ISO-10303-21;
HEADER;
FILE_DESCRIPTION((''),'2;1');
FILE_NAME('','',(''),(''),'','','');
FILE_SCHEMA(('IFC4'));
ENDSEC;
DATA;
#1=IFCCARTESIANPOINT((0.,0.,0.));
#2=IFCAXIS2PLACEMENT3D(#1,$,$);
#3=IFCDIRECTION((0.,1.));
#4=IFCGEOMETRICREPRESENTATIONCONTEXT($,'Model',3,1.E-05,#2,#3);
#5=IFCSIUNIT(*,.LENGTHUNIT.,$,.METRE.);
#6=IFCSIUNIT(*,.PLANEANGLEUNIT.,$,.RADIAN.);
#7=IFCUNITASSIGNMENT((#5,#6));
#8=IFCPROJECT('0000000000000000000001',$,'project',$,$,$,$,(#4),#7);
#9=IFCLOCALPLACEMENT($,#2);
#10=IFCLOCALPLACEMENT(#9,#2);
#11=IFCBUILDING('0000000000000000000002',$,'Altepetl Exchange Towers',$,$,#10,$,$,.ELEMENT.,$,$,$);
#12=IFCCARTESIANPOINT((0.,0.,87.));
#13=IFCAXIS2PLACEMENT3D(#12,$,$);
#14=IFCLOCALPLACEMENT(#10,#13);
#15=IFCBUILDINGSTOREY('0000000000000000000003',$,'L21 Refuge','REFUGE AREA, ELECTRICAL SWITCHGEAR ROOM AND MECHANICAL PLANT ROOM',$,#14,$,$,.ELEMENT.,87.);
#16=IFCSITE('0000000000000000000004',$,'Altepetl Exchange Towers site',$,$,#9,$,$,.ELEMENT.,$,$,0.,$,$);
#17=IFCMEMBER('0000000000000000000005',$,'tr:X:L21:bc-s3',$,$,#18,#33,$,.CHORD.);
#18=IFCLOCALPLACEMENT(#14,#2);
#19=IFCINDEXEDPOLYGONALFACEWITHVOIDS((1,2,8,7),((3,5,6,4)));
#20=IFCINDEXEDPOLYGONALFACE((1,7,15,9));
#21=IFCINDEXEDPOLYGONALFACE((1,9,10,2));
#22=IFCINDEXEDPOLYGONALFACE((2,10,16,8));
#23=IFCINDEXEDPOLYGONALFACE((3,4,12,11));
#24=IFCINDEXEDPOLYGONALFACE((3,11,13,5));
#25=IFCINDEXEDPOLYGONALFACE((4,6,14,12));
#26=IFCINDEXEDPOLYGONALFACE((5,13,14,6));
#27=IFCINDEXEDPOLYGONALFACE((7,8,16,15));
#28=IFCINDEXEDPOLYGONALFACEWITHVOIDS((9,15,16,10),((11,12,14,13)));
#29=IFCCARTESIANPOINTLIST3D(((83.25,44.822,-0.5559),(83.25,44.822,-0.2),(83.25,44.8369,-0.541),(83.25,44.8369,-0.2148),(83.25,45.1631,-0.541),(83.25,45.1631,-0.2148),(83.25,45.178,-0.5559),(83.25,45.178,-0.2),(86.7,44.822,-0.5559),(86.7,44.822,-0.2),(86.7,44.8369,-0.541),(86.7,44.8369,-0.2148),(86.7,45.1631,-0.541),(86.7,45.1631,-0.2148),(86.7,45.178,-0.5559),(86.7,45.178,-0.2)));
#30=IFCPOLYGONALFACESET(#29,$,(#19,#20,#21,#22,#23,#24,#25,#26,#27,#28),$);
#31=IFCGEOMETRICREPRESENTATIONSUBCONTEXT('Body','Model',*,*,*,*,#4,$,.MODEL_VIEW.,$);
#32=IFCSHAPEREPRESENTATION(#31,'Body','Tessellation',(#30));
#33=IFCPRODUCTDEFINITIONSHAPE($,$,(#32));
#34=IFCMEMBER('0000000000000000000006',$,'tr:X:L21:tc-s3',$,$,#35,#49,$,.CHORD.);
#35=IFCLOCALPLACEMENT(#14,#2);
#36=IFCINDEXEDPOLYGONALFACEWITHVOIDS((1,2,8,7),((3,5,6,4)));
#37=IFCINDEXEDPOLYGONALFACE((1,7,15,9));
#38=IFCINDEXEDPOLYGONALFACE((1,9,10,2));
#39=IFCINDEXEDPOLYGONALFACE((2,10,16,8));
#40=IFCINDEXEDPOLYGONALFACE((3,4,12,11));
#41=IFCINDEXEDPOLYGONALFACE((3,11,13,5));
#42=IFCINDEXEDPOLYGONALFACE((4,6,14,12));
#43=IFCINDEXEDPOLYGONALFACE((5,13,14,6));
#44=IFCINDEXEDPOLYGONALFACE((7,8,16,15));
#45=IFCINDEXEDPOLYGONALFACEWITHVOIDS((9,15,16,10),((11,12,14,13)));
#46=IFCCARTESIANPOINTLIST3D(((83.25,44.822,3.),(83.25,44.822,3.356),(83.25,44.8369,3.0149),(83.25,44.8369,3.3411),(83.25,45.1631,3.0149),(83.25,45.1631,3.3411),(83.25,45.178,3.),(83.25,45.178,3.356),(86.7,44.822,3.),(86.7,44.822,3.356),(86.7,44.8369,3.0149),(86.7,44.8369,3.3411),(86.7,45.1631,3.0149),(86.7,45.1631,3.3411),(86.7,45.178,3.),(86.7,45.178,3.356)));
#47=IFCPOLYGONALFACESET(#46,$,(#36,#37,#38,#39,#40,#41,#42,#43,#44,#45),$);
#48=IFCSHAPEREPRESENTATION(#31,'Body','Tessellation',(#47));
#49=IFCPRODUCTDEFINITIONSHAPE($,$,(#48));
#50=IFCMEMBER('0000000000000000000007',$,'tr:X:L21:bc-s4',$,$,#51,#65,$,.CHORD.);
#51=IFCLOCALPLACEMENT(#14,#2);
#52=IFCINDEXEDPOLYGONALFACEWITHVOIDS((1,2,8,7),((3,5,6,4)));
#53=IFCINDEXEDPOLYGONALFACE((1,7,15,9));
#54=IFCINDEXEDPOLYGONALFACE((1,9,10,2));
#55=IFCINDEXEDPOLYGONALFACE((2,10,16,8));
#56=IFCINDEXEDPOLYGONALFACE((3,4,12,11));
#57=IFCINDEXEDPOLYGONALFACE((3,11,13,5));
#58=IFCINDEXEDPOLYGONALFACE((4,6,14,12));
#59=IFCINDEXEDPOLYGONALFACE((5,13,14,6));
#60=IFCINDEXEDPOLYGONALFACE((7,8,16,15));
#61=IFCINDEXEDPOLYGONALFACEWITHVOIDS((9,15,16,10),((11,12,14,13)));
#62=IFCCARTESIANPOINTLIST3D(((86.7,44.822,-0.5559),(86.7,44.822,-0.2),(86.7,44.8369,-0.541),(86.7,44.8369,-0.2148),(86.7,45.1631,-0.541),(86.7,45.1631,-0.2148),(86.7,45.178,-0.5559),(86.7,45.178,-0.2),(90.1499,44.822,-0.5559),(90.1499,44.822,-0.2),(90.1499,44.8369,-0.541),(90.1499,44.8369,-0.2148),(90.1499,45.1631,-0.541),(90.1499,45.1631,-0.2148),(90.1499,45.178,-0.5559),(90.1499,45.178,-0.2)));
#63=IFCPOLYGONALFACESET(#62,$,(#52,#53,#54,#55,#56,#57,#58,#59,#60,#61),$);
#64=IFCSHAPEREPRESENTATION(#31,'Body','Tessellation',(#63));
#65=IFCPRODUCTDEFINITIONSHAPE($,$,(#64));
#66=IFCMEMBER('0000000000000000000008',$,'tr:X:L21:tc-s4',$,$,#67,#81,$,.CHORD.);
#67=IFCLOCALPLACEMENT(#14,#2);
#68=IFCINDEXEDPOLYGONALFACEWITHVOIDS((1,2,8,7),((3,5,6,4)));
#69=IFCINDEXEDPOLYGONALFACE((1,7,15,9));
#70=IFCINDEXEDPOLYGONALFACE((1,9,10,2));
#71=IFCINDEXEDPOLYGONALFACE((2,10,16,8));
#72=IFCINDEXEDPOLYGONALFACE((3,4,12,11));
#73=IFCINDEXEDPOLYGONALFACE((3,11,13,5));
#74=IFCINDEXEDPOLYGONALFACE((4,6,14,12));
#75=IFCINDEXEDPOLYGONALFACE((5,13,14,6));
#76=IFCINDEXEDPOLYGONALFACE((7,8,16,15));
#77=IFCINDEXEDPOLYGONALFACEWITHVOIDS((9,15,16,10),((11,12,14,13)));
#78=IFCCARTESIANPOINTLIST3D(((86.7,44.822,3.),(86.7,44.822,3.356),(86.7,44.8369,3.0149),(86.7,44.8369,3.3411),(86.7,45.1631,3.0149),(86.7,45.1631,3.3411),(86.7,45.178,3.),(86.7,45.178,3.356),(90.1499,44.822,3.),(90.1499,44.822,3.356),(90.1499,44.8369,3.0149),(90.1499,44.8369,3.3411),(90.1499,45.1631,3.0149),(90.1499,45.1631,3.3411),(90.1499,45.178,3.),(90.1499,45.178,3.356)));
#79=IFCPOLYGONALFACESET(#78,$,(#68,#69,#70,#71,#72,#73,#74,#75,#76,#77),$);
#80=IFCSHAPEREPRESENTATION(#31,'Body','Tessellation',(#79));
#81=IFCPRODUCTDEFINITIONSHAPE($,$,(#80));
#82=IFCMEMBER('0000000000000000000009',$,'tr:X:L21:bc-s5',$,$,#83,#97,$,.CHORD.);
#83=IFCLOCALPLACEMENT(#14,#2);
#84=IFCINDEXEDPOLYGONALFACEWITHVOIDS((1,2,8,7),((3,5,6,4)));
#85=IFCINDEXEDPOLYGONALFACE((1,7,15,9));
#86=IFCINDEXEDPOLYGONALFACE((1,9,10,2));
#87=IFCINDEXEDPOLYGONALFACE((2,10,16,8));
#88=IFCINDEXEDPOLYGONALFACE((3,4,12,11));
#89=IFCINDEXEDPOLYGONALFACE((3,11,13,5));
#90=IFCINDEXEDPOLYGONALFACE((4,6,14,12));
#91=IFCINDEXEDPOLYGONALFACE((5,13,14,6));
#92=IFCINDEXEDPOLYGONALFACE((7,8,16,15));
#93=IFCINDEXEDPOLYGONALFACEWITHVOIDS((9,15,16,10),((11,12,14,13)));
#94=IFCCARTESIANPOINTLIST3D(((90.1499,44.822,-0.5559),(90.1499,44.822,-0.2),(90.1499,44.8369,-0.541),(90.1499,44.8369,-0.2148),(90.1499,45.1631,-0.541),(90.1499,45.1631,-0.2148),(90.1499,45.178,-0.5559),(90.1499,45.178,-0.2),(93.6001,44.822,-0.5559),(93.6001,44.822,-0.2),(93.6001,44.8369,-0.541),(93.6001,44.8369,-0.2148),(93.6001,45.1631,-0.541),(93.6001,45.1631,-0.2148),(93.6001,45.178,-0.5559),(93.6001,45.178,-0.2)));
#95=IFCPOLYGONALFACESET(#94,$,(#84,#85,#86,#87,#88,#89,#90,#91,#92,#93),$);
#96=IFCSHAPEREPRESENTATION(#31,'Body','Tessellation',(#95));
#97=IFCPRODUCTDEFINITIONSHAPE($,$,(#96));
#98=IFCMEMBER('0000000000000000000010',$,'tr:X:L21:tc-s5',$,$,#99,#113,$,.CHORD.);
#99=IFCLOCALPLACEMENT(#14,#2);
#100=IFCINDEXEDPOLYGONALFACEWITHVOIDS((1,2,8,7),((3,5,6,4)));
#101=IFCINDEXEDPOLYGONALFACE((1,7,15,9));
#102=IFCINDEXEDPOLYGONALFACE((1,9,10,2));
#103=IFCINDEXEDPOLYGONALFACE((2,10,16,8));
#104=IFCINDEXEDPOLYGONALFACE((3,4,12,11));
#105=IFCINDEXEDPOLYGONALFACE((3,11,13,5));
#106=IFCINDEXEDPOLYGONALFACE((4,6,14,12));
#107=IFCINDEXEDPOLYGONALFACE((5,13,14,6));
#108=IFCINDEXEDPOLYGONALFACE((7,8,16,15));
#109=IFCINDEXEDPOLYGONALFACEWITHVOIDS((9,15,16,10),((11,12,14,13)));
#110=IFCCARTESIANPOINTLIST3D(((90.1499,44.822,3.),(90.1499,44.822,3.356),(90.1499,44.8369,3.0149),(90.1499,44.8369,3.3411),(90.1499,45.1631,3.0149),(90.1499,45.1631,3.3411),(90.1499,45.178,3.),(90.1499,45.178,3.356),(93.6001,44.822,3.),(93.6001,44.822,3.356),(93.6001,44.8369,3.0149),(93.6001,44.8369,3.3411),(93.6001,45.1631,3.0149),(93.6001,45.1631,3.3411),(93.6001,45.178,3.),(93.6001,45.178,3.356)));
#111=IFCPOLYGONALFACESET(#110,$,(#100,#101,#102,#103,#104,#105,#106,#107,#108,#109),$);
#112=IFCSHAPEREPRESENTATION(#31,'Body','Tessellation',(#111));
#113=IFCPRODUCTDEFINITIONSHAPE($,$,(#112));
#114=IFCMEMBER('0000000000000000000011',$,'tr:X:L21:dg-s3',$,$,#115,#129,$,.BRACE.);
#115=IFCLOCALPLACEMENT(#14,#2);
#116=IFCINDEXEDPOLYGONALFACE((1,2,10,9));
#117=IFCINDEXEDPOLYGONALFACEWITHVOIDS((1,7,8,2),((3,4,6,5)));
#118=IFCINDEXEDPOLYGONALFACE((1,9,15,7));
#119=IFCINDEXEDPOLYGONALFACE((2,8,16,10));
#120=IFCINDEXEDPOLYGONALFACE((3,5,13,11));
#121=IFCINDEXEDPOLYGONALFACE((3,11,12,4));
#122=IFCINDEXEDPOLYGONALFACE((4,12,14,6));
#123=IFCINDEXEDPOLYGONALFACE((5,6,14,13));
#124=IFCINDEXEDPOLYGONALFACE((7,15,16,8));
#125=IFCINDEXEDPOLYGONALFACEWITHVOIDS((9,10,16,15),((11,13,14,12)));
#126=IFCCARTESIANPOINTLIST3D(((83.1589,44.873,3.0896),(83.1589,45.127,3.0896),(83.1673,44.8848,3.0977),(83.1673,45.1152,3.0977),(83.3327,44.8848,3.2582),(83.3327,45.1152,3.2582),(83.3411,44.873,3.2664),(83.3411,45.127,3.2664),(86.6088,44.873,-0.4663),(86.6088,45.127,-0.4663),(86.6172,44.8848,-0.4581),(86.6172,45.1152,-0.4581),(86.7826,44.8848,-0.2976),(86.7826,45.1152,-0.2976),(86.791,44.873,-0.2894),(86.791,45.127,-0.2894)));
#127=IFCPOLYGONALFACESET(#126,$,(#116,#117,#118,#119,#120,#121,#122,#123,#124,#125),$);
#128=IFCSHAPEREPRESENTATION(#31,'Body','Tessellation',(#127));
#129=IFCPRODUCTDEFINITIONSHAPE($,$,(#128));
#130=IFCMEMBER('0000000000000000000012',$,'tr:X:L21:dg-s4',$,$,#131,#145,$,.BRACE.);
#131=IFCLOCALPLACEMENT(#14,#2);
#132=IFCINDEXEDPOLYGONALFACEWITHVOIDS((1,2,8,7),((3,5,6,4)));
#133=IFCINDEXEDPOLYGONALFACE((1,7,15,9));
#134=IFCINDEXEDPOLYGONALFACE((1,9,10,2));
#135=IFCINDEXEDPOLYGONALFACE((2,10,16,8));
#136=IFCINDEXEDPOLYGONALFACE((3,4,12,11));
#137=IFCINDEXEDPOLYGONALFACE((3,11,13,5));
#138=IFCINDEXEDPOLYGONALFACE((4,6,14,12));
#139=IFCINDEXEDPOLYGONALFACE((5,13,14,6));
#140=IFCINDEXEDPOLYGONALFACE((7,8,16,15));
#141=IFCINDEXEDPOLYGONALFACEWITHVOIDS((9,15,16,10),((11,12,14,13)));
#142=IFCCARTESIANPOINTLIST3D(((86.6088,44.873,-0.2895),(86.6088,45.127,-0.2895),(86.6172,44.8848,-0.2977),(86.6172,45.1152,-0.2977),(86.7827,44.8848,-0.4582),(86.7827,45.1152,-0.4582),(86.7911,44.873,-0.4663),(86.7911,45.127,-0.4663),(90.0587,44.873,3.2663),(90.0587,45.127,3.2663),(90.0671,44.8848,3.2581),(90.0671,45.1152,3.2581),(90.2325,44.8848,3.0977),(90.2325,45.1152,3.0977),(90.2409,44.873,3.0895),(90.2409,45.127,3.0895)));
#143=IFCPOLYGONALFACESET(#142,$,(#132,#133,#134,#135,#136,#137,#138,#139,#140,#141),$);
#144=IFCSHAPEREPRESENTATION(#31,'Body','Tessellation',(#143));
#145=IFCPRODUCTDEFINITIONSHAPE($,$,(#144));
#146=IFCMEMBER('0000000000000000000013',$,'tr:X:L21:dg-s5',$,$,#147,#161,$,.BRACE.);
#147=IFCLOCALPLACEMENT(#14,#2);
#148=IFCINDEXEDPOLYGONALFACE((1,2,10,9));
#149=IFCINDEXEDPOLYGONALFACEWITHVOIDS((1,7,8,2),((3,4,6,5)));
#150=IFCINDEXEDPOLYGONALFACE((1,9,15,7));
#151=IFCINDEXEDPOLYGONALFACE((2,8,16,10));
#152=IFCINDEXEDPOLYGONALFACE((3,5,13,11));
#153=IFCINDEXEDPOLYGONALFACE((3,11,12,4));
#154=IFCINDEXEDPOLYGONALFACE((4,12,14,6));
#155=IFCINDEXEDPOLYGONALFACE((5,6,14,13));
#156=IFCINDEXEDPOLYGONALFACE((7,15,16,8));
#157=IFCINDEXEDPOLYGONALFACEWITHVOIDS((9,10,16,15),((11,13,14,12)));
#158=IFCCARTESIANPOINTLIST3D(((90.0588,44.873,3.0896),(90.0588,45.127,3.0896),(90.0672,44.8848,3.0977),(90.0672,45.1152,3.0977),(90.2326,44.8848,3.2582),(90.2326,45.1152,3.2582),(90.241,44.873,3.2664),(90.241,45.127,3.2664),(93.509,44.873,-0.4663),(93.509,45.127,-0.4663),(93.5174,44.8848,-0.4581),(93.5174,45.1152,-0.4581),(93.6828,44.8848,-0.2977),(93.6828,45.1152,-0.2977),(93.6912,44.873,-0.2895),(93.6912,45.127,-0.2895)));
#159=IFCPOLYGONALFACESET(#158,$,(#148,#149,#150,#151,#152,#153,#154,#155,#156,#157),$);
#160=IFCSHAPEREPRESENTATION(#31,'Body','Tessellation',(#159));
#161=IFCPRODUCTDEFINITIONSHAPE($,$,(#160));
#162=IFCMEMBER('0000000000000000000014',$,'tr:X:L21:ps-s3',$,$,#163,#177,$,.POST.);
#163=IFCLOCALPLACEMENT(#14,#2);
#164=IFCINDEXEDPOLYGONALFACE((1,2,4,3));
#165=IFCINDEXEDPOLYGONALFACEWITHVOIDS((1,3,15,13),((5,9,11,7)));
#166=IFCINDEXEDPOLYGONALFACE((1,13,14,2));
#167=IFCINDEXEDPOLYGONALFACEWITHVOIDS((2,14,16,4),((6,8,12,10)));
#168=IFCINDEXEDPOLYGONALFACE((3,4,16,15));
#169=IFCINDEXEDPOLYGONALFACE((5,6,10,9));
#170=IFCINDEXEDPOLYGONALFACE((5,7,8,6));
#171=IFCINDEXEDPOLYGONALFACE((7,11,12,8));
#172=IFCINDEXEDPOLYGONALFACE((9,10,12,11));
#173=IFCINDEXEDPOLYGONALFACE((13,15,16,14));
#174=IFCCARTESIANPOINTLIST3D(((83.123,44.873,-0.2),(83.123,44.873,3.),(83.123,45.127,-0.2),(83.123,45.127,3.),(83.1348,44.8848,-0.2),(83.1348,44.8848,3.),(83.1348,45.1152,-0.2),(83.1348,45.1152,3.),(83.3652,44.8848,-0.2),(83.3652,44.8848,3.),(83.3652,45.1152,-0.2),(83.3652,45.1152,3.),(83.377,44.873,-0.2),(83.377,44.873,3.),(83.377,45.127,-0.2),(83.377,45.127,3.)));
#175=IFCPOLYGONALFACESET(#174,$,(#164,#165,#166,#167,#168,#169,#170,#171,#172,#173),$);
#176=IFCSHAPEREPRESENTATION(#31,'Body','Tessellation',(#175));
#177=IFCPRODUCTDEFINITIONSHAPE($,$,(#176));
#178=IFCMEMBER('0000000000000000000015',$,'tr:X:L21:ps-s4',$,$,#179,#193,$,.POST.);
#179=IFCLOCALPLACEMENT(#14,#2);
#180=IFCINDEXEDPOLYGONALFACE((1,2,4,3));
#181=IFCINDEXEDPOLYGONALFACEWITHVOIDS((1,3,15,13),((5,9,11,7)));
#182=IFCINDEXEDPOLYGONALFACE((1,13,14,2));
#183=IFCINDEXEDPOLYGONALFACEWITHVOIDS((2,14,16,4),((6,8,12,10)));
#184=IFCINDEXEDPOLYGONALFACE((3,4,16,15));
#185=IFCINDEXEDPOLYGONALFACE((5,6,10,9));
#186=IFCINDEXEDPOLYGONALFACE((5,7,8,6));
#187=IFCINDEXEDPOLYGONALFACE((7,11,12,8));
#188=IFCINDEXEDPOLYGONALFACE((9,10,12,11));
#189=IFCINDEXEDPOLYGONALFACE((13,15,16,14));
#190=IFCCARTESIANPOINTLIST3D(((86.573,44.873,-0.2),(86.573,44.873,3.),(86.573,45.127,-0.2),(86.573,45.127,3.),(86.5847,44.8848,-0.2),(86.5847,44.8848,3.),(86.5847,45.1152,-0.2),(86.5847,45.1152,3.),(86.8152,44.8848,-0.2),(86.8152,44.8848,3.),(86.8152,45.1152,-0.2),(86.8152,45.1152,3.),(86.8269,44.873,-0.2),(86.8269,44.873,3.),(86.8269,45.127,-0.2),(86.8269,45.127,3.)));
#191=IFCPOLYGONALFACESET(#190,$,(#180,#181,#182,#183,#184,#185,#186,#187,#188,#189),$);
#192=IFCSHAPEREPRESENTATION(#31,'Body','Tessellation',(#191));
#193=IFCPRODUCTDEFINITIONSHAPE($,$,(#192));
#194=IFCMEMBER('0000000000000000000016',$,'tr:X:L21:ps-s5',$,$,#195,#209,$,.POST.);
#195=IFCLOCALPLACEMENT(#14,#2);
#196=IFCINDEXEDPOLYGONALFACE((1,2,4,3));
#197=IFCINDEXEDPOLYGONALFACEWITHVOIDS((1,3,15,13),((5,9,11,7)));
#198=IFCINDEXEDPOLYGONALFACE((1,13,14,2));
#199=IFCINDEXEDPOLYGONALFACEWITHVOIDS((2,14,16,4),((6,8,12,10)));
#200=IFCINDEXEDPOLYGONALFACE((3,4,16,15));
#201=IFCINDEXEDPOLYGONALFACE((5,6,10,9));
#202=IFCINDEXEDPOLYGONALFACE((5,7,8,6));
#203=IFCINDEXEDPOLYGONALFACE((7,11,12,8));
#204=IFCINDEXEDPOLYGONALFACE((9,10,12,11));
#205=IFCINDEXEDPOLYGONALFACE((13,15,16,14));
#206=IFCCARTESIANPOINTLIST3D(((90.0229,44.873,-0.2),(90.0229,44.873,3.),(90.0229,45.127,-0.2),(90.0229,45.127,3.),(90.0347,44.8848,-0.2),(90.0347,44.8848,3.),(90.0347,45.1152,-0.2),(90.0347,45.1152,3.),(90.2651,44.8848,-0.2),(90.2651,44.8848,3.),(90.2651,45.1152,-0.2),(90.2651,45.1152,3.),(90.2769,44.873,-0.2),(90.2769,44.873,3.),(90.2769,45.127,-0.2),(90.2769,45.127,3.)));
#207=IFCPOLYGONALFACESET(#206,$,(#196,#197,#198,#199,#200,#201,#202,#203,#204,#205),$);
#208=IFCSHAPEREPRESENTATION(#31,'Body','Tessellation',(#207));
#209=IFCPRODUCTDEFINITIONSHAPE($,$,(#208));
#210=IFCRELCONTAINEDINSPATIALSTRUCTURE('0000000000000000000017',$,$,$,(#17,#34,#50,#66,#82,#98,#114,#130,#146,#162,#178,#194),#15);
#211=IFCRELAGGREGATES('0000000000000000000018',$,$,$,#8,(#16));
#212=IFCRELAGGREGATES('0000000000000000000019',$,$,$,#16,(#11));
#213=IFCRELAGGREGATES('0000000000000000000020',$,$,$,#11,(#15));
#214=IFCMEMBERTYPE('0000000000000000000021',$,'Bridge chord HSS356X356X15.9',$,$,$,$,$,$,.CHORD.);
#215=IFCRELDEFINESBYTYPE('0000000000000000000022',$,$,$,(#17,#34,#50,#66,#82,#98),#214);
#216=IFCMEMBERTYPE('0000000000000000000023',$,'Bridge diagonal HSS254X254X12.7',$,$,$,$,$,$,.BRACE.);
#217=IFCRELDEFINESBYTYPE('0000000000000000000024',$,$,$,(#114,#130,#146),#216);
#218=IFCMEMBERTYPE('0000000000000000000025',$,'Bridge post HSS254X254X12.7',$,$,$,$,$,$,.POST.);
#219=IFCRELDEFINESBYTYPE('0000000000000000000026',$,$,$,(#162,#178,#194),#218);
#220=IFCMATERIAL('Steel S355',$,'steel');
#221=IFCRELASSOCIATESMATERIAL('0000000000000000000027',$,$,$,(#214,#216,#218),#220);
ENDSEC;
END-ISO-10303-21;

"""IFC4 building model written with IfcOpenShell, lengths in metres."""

from ifc_helpers import new_model, si_unit, direction, frame, origin, origin_2d, place, context, subcontext, project, spatial, hollow_rectangle, extrude, material, material_profile, profile_set, type_object, element, save


model = new_model("IFC4")

# Units and contexts
model_context = context("Model", 3, precision=1e-05, world=origin(), true_north=direction((0.0, 1.0)))
body_context = subcontext(model_context, "Body", "Model", "MODEL_VIEW")
ifc_project = project(units=[si_unit("LENGTHUNIT", "METRE"), si_unit("PLANEANGLEUNIT", "RADIAN")], contexts=[model_context])

# Site, building, storey
site_placement = place(None, origin())
site = spatial("IfcSite", under=ifc_project, at=site_placement, Name="Altepetl Exchange Towers site", CompositionType="ELEMENT", RefElevation=0.0)
building_placement = place(site_placement, origin())
building = spatial("IfcBuilding", under=site, at=building_placement, Name="Altepetl Exchange Towers", CompositionType="ELEMENT")
storey_placement = place(building_placement, frame((0.0, 0.0, 87.0)))
storey = spatial("IfcBuildingStorey", under=building, at=storey_placement, Name="L21 Refuge", Description="REFUGE AREA, ELECTRICAL SWITCHGEAR ROOM AND MECHANICAL PLANT ROOM", CompositionType="ELEMENT", Elevation=87.0)

# Members
ifc_material_1 = material(Name="Steel S355", Category="steel")
ifc_material_profile_1 = material_profile(ifc_material_1, hollow_rectangle(XDim=0.356, YDim=0.356, WallThickness=0.0149, at=origin_2d()), Name="HSS356X356X15.9")
ifc_profile_set_1 = profile_set([ifc_material_profile_1], Name="Steel S355")
member_type_1 = type_object("IfcMemberType", Name="Bridge chord HSS356X356X15.9", PredefinedType="CHORD", material=ifc_profile_set_1)
for number, where, z_axis, x_axis, name in (
    (1, (83.25, 45.0, -0.3779), (1.0, 0.0, 0.0), (0.0, 1.0, 0.0), "tr:X:L21:bc-s3"),
    (2, (83.25, 45.0, 3.178), (1.0, 0.0, 0.0), (0.0, 1.0, 0.0), "tr:X:L21:tc-s3"),
    (3, (86.7, 45.0, -0.3779), (1.0, 0.0, 0.0), (0.0, 1.0, 0.0), "tr:X:L21:bc-s4"),
    (4, (86.7, 45.0, 3.178), (1.0, 0.0, 0.0), (0.0, 1.0, 0.0), "tr:X:L21:tc-s4"),
):
    element("IfcMember", number, at=place(storey_placement, frame(where, z_axis=z_axis, x_axis=x_axis)), inside=storey, type_object=member_type_1, Name=name, PredefinedType="CHORD", context=body_context, shape_type="SweptSolid", body=[
        extrude(hollow_rectangle(XDim=0.356, YDim=0.356, WallThickness=0.0149, at=origin_2d()), origin(), (0.0, 0.0, 1.0), 3.45),
    ])
for number, where, z_axis, x_axis, name in (
    (5, (90.1499, 45.0, -0.3779), (1.0, 0.0, 0.0), (0.0, 1.0, 0.0), "tr:X:L21:bc-s5"),
    (6, (90.1499, 45.0, 3.178), (1.0, 0.0, 0.0), (0.0, 1.0, 0.0), "tr:X:L21:tc-s5"),
):
    element("IfcMember", number, at=place(storey_placement, frame(where, z_axis=z_axis, x_axis=x_axis)), inside=storey, type_object=member_type_1, Name=name, PredefinedType="CHORD", context=body_context, shape_type="SweptSolid", body=[
        extrude(hollow_rectangle(XDim=0.356, YDim=0.356, WallThickness=0.0149, at=origin_2d()), origin(), (0.0, 0.0, 1.0), 3.4502),
    ])
ifc_material_profile_2 = material_profile(ifc_material_1, hollow_rectangle(XDim=0.2539, YDim=0.2539, WallThickness=0.0117, at=origin_2d()), Name="HSS254X254X12.7")
ifc_profile_set_2 = profile_set([ifc_material_profile_2], Name="Steel S355")
member_type_2 = type_object("IfcMemberType", Name="Bridge diagonal HSS254X254X12.7", PredefinedType="BRACE", material=ifc_profile_set_2)
for number, where, z_axis, x_axis, name in (
    (7, (83.25, 45.0, 3.178), (0.696333, 0.0, -0.717719), (0.0, 1.0, 0.0), "tr:X:L21:dg-s3"),
    (8, (86.7, 45.0, -0.3779), (0.696333, 0.0, 0.717719), (0.0, 1.0, 0.0), "tr:X:L21:dg-s4"),
):
    element("IfcMember", number, at=place(storey_placement, frame(where, z_axis=z_axis, x_axis=x_axis)), inside=storey, type_object=member_type_2, Name=name, PredefinedType="BRACE", context=body_context, shape_type="SweptSolid", body=[
        extrude(hollow_rectangle(XDim=0.2539, YDim=0.2539, WallThickness=0.0117, at=origin_2d()), origin(), (0.0, 0.0, 1.0), 4.9543),
    ])
member_1_placement = place(storey_placement, frame((90.1499, 45.0, 3.178), z_axis=(0.696358, 0.0, -0.717694), x_axis=(0.0, 1.0, 0.0)))
element("IfcMember", 9, at=member_1_placement, inside=storey, type_object=member_type_2, Name="tr:X:L21:dg-s5", PredefinedType="BRACE", context=body_context, shape_type="SweptSolid", body=[
    extrude(hollow_rectangle(XDim=0.2539, YDim=0.2539, WallThickness=0.0117, at=origin_2d()), origin(), (0.0, 0.0, 1.0), 4.9546),
])
ifc_material_profile_3 = material_profile(ifc_material_1, hollow_rectangle(XDim=0.2539, YDim=0.2539, WallThickness=0.0117, at=origin_2d()), Name="HSS254X254X12.7")
ifc_profile_set_3 = profile_set([ifc_material_profile_3], Name="Steel S355")
member_type_3 = type_object("IfcMemberType", Name="Bridge post HSS254X254X12.7", PredefinedType="POST", material=ifc_profile_set_3)
for number, where, name in (
    (10, (83.25, 45.0, -0.2), "tr:X:L21:ps-s3"),
    (11, (86.7, 45.0, -0.2), "tr:X:L21:ps-s4"),
    (12, (90.1499, 45.0, -0.2), "tr:X:L21:ps-s5"),
):
    element("IfcMember", number, at=place(storey_placement, frame(where)), inside=storey, type_object=member_type_3, Name=name, PredefinedType="POST", context=body_context, shape_type="SweptSolid", body=[
        extrude(hollow_rectangle(XDim=0.2539, YDim=0.2539, WallThickness=0.0117, at=origin_2d()), origin(), (0.0, 0.0, 1.0), 3.2),
    ])

save(model, "model.ifc")
